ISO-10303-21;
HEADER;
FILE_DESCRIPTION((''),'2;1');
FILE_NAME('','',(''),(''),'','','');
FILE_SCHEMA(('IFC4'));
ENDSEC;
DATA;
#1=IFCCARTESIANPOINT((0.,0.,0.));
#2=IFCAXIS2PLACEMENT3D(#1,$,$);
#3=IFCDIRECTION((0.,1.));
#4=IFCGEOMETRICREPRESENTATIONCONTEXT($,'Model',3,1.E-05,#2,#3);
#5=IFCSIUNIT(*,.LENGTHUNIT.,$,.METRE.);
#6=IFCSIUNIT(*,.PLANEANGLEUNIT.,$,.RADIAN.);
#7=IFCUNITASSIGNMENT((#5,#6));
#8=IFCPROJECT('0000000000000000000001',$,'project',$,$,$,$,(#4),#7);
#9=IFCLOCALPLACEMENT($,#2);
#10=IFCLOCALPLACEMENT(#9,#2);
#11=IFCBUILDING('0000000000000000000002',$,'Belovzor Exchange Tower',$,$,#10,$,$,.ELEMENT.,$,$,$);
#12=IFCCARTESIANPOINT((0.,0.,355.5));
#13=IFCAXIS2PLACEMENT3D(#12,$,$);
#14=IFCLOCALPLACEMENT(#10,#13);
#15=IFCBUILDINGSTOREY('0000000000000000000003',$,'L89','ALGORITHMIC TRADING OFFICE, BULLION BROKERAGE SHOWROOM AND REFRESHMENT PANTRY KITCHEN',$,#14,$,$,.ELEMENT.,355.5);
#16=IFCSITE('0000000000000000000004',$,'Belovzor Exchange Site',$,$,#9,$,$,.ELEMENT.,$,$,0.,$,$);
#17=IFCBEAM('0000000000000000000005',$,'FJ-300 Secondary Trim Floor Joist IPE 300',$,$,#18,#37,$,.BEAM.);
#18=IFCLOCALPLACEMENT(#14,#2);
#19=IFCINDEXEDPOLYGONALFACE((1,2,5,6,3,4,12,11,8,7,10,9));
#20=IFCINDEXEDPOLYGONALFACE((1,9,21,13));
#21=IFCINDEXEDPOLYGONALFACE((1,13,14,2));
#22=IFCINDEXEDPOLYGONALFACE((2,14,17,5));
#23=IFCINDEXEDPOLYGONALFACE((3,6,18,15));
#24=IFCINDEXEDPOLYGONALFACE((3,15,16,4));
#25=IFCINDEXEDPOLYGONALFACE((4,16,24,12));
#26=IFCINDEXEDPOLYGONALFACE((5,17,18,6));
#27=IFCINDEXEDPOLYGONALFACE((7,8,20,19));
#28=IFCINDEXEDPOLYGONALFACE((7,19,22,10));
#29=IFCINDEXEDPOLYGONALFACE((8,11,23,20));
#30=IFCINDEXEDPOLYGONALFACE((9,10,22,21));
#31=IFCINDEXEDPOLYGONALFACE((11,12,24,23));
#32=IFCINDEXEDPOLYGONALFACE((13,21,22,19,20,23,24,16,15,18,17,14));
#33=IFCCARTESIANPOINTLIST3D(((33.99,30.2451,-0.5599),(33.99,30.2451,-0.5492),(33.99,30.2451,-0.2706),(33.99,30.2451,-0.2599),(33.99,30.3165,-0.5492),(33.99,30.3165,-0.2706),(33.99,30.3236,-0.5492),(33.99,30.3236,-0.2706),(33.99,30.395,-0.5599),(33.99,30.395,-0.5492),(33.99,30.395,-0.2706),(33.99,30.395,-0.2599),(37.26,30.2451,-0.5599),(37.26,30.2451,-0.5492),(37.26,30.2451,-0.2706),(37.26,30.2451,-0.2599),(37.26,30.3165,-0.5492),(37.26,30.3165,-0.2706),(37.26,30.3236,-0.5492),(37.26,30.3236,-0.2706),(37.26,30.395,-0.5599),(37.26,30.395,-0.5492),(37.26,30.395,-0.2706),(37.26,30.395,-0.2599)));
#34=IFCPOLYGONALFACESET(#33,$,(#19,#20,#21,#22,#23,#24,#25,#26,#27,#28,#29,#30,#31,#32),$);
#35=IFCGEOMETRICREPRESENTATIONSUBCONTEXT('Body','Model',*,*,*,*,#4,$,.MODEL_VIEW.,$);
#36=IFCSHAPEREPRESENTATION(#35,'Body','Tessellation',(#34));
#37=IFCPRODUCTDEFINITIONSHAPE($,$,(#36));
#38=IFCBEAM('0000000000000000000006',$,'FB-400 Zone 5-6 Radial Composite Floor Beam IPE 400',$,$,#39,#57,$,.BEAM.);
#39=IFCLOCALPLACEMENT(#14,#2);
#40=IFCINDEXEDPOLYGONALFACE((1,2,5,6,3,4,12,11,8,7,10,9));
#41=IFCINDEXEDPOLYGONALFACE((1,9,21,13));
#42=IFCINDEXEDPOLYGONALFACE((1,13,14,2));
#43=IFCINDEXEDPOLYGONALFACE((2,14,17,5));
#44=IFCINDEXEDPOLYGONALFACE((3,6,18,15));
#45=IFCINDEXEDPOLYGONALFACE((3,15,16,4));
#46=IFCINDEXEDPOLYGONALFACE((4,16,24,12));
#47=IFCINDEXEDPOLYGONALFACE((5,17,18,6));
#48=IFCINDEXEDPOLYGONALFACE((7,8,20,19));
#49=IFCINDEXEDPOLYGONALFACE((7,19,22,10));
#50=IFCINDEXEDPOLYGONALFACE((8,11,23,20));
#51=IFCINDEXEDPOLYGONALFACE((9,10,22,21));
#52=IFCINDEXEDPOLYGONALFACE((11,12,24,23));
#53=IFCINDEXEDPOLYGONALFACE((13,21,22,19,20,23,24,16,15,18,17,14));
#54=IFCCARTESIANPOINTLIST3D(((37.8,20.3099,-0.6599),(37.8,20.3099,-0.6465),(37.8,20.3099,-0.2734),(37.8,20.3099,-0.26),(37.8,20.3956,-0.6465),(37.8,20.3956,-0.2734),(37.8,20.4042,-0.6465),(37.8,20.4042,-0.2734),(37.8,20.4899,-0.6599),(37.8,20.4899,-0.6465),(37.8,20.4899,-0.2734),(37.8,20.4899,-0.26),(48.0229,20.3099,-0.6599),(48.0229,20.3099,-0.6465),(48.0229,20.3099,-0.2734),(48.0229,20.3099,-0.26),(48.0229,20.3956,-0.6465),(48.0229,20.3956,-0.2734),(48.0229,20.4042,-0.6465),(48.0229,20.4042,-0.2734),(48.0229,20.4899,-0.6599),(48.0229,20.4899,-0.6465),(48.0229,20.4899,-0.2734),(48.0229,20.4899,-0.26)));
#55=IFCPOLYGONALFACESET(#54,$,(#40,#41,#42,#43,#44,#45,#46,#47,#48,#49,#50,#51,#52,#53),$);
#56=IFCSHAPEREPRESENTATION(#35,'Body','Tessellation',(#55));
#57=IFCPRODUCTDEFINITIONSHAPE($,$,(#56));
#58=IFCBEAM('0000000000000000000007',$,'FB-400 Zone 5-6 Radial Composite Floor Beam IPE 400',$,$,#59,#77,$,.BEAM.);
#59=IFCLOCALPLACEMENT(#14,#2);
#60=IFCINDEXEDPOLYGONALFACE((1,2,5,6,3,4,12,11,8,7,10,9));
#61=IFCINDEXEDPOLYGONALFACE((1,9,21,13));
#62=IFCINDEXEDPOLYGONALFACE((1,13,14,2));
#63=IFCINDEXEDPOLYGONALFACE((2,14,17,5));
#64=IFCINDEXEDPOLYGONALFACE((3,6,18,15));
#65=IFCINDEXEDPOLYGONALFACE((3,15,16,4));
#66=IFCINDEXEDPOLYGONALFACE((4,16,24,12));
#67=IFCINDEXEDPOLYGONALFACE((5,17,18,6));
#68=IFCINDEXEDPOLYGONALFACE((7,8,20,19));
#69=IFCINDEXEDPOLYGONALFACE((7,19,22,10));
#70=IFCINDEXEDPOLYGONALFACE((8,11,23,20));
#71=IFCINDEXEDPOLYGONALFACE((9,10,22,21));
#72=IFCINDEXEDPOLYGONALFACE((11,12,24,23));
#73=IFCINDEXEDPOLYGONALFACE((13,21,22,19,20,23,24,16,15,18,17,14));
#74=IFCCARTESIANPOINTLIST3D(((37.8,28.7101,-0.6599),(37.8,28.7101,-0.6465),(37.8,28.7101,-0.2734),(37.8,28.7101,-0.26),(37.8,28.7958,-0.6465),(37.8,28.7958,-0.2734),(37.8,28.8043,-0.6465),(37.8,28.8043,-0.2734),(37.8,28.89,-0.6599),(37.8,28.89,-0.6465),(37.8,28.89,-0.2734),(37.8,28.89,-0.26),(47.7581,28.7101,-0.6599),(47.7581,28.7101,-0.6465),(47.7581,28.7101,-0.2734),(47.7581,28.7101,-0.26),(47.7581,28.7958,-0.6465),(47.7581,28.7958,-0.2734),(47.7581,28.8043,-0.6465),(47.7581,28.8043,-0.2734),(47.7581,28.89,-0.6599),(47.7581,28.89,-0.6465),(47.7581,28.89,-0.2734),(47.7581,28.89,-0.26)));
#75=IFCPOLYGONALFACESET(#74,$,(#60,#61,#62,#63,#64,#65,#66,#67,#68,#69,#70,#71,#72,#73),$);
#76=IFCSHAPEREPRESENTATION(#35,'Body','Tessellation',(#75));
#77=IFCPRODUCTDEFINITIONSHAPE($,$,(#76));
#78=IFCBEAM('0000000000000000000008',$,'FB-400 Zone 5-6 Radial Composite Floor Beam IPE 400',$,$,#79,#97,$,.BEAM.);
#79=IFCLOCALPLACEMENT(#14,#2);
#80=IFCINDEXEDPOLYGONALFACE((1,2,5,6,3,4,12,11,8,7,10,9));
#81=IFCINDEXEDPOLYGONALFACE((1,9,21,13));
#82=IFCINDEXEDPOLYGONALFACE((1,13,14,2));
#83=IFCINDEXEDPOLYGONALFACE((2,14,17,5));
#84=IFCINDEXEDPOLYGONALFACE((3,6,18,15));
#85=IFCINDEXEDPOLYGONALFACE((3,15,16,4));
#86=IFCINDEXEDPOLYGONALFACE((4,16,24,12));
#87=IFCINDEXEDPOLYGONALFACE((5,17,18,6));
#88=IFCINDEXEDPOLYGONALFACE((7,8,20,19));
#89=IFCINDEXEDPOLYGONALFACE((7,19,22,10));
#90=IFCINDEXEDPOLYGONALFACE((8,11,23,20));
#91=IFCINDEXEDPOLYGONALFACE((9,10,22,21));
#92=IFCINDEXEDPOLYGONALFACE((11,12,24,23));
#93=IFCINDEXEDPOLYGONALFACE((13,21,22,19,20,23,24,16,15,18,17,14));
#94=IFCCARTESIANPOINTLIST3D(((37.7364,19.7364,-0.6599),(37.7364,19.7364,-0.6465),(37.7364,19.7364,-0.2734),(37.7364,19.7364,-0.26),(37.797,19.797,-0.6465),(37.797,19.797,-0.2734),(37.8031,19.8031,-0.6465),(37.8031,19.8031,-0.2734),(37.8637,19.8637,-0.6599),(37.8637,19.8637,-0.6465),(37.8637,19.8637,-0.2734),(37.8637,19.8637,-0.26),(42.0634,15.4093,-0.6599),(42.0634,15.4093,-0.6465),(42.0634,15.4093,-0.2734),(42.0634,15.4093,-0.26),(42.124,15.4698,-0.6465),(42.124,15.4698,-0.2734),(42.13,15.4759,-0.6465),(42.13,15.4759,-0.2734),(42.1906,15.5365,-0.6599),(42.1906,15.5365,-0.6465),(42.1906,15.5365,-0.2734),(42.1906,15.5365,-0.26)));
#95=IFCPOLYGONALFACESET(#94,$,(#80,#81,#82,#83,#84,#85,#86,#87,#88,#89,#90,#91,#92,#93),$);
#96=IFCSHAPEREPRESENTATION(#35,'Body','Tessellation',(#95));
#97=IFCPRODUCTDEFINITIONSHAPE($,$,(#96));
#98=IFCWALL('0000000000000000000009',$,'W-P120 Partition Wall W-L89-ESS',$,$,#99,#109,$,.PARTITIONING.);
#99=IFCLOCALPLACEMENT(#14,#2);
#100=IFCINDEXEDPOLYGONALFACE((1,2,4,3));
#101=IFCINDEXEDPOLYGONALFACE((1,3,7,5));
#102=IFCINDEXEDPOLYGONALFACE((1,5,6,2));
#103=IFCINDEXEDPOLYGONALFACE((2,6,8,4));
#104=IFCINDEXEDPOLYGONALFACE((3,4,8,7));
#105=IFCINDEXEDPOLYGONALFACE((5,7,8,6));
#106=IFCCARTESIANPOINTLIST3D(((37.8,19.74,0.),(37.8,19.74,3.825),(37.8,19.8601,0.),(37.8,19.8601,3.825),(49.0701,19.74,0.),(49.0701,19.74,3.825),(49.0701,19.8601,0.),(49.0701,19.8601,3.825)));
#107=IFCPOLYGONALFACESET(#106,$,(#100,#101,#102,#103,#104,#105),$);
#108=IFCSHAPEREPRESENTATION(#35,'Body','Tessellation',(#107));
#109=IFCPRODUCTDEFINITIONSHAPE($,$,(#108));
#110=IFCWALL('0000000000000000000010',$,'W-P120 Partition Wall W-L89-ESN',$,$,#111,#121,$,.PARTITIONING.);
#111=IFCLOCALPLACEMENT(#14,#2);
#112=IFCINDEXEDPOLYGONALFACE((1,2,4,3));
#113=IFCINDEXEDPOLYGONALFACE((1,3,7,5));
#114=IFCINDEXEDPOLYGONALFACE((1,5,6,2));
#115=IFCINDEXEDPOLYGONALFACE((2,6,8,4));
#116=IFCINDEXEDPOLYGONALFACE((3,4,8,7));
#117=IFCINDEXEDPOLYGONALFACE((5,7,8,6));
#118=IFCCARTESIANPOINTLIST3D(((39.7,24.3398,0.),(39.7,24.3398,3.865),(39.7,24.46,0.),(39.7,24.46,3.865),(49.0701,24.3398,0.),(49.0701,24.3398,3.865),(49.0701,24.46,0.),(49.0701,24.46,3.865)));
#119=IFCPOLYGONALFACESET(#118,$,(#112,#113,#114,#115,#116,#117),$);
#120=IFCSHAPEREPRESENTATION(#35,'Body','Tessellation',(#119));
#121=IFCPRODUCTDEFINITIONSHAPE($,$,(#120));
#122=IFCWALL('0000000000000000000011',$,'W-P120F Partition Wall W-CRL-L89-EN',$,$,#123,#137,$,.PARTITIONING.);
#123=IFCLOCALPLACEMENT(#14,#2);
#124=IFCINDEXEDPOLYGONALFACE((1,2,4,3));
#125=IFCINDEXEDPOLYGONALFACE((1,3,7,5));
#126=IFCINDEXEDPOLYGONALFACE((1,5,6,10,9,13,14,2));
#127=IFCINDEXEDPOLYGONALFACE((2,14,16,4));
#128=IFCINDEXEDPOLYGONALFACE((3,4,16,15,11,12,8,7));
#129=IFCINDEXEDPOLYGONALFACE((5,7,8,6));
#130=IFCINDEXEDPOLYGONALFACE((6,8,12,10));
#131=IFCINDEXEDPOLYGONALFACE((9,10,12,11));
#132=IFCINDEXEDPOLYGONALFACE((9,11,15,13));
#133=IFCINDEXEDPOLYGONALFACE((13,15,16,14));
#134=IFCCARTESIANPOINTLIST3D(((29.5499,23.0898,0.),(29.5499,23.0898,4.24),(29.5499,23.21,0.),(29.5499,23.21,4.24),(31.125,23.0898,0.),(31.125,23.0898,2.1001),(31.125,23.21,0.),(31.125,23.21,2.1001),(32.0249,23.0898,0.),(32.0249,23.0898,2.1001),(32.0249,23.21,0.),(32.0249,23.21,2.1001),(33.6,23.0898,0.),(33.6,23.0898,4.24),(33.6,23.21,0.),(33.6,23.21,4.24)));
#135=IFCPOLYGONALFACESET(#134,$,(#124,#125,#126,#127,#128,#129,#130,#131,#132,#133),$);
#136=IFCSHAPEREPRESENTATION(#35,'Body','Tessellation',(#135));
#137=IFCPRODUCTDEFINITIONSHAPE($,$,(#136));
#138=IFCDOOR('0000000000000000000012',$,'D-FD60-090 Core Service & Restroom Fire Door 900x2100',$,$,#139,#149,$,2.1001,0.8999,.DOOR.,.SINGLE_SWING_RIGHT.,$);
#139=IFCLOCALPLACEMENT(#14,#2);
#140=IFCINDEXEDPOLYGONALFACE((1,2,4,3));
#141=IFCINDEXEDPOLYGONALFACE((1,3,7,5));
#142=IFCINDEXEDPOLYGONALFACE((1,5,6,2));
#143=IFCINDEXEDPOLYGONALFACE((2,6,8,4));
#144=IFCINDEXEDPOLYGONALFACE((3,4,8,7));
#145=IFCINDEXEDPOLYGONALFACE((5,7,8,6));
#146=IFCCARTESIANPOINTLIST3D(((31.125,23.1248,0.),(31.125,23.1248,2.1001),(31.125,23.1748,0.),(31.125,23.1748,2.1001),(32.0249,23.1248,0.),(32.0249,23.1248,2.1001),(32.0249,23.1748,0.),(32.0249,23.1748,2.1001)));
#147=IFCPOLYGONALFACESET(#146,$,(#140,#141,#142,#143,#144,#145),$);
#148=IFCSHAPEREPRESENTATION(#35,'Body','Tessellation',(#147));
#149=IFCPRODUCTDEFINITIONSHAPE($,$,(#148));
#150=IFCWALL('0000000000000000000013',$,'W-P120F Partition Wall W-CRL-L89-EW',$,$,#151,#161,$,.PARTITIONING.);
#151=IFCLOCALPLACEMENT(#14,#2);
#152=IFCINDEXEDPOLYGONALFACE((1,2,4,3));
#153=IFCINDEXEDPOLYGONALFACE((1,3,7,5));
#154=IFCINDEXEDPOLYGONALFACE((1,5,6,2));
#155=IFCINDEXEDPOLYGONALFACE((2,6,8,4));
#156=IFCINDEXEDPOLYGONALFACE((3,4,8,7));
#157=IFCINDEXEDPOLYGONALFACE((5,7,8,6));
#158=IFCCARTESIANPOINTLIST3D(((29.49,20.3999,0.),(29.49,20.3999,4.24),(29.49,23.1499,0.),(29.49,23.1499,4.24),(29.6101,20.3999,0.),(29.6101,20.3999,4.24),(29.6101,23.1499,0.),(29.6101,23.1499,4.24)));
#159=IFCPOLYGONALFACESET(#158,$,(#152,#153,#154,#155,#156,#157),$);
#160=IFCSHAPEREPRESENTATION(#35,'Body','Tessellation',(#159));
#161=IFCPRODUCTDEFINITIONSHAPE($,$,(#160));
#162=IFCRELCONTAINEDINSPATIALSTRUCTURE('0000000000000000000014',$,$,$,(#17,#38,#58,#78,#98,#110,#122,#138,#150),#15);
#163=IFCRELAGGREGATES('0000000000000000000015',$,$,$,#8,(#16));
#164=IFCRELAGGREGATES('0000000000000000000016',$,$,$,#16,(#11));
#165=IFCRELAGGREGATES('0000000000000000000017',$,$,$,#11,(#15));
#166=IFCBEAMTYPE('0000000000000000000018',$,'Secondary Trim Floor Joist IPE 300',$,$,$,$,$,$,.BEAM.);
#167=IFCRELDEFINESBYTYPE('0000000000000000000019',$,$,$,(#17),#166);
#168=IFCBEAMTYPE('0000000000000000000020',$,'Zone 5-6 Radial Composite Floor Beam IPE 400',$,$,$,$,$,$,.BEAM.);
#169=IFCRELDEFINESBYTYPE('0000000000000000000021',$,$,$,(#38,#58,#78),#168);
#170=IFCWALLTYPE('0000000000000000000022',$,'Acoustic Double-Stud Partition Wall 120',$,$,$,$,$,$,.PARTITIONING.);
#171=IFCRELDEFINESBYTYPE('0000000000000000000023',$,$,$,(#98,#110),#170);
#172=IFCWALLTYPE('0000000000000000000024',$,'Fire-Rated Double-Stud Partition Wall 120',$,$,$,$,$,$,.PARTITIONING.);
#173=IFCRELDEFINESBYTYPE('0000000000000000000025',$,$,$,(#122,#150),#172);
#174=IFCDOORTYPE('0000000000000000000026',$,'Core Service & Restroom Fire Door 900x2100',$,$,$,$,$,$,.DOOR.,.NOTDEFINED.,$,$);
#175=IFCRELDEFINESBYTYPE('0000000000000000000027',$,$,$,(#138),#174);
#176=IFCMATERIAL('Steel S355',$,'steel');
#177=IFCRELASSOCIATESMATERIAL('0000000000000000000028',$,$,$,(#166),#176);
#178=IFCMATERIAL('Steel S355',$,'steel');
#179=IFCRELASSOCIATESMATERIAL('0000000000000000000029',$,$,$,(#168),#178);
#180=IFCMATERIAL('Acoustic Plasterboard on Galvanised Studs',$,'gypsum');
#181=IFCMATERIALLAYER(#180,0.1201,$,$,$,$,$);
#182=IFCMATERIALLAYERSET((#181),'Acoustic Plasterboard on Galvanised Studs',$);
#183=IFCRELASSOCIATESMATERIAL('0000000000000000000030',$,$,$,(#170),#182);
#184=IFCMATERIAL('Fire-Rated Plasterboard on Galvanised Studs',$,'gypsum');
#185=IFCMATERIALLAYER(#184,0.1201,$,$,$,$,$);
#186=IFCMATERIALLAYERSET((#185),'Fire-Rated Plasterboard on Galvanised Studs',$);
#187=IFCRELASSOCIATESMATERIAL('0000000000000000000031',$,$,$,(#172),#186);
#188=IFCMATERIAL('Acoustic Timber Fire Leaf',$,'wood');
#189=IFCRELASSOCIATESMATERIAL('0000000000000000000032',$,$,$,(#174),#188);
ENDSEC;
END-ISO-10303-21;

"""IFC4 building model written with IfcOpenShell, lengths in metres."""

from ifc_helpers import new_model, si_unit, direction, frame, frame_2d, origin, origin_2d, place, context, subcontext, project, spatial, rectangle, i_section, extrude, material, layer, layer_set, material_profile, profile_set, type_object, element, fill, save


model = new_model("IFC4")

# Units and contexts
model_context = context("Model", 3, precision=1e-05, world=origin(), true_north=direction((0.0, 1.0)))
body_context = subcontext(model_context, "Body", "Model", "MODEL_VIEW")
ifc_project = project(units=[si_unit("LENGTHUNIT", "METRE"), si_unit("PLANEANGLEUNIT", "RADIAN")], contexts=[model_context])

# Site, building, storey
site_placement = place(None, origin())
site = spatial("IfcSite", under=ifc_project, at=site_placement, Name="Belovzor Exchange Site", CompositionType="ELEMENT", RefElevation=0.0)
building_placement = place(site_placement, origin())
building = spatial("IfcBuilding", under=site, at=building_placement, Name="Belovzor Exchange Tower", CompositionType="ELEMENT")
storey_placement = place(building_placement, frame((0.0, 0.0, 355.5)))
storey = spatial("IfcBuildingStorey", under=building, at=storey_placement, Name="L89", Description="ALGORITHMIC TRADING OFFICE, BULLION BROKERAGE SHOWROOM AND REFRESHMENT PANTRY KITCHEN", CompositionType="ELEMENT", Elevation=355.5)

# Beams
ifc_material_1 = material(Name="Steel S355", Category="steel")
ifc_material_profile_1 = material_profile(ifc_material_1, i_section(OverallWidth=0.1499, OverallDepth=0.3, WebThickness=0.0071, FlangeThickness=0.0107, at=origin_2d()))
ifc_profile_set_1 = profile_set([ifc_material_profile_1], Name="Steel S355")
beam_type_1 = type_object("IfcBeamType", Name="Secondary Trim Floor Joist IPE 300", PredefinedType="BEAM", material=ifc_profile_set_1)
beam_1_placement = place(storey_placement, frame((37.26, 30.3201, -0.4099), z_axis=(-1.0, 0.0, 0.0), x_axis=(0.0, -1.0, 0.0)))
element("IfcBeam", 1, at=beam_1_placement, inside=storey, type_object=beam_type_1, Name="FJ-300 Secondary Trim Floor Joist IPE 300", PredefinedType="BEAM", context=body_context, shape_type="SweptSolid", body=[
    extrude(i_section(OverallWidth=0.1499, OverallDepth=0.3, WebThickness=0.0071, FlangeThickness=0.0107, at=origin_2d()), origin(), (0.0, 0.0, 1.0), 3.27),
])
ifc_material_2 = material(Name="Steel S355", Category="steel")
ifc_material_profile_2 = material_profile(ifc_material_2, i_section(OverallWidth=0.1799, OverallDepth=0.3999, WebThickness=0.0085, FlangeThickness=0.0134, at=origin_2d()))
ifc_profile_set_2 = profile_set([ifc_material_profile_2], Name="Steel S355")
beam_type_2 = type_object("IfcBeamType", Name="Zone 5-6 Radial Composite Floor Beam IPE 400", PredefinedType="BEAM", material=ifc_profile_set_2)
beam_2_placement = place(storey_placement, frame((37.8, 20.3999, -0.46), z_axis=(1.0, 0.0, 0.0), x_axis=(0.0, 1.0, 0.0)))
element("IfcBeam", 2, at=beam_2_placement, inside=storey, type_object=beam_type_2, Name="FB-400 Zone 5-6 Radial Composite Floor Beam IPE 400", PredefinedType="BEAM", context=body_context, shape_type="SweptSolid", body=[
    extrude(i_section(OverallWidth=0.1799, OverallDepth=0.3999, WebThickness=0.0085, FlangeThickness=0.0134, at=origin_2d()), origin(), (0.0, 0.0, 1.0), 10.2229),
])
beam_3_placement = place(storey_placement, frame((37.8, 28.8, -0.46), z_axis=(1.0, 0.0, 0.0), x_axis=(0.0, 1.0, 0.0)))
element("IfcBeam", 3, at=beam_3_placement, inside=storey, type_object=beam_type_2, Name="FB-400 Zone 5-6 Radial Composite Floor Beam IPE 400", PredefinedType="BEAM", context=body_context, shape_type="SweptSolid", body=[
    extrude(i_section(OverallWidth=0.1799, OverallDepth=0.3999, WebThickness=0.0085, FlangeThickness=0.0134, at=origin_2d()), origin(), (0.0, 0.0, 1.0), 9.958),
])
beam_4_placement = place(storey_placement, frame((37.8, 19.8, -0.46), z_axis=(0.707087, -0.707127, 0.0), x_axis=(0.707127, 0.707087, 0.0)))
element("IfcBeam", 4, at=beam_4_placement, inside=storey, type_object=beam_type_2, Name="FB-400 Zone 5-6 Radial Composite Floor Beam IPE 400", PredefinedType="BEAM", context=body_context, shape_type="SweptSolid", body=[
    extrude(i_section(OverallWidth=0.1799, OverallDepth=0.3999, WebThickness=0.0085, FlangeThickness=0.0134, at=origin_2d()), origin(), (0.0, 0.0, 1.0), 6.1194),
])

# Walls
ifc_material_3 = material(Name="Acoustic Plasterboard on Galvanised Studs", Category="gypsum")
ifc_layer_1 = layer(ifc_material_3, 0.1201)
ifc_layer_set_1 = layer_set([ifc_layer_1], Name="Acoustic Plasterboard on Galvanised Studs")
wall_type_1 = type_object("IfcWallType", Name="Acoustic Double-Stud Partition Wall 120", PredefinedType="PARTITIONING", material=ifc_layer_set_1)
wall_1_placement = place(storey_placement, frame((37.8, 19.8, 0.0), z_axis=(0.0, 0.0, 1.0), x_axis=(1.0, 0.0, 0.0)))
element("IfcWall", 5, at=wall_1_placement, inside=storey, type_object=wall_type_1, Name="W-P120 Partition Wall W-L89-ESS", PredefinedType="PARTITIONING", context=body_context, shape_type="SweptSolid", body=[
    extrude(rectangle(XDim=11.27, YDim=0.1201, at=frame_2d((5.635, 0.0))), origin(), (0.0, 0.0, 1.0), 3.825),
])
wall_2_placement = place(storey_placement, frame((39.7, 24.3999, 0.0), z_axis=(0.0, 0.0, 1.0), x_axis=(1.0, 0.0, 0.0)))
element("IfcWall", 6, at=wall_2_placement, inside=storey, type_object=wall_type_1, Name="W-P120 Partition Wall W-L89-ESN", PredefinedType="PARTITIONING", context=body_context, shape_type="SweptSolid", body=[
    extrude(rectangle(XDim=9.3701, YDim=0.1201, at=frame_2d((4.6851, 0.0))), origin(), (0.0, 0.0, 1.0), 3.865),
])

# Wall, opening, door
ifc_material_4 = material(Name="Fire-Rated Plasterboard on Galvanised Studs", Category="gypsum")
ifc_layer_2 = layer(ifc_material_4, 0.1201)
ifc_layer_set_2 = layer_set([ifc_layer_2], Name="Fire-Rated Plasterboard on Galvanised Studs")
wall_type_2 = type_object("IfcWallType", Name="Fire-Rated Double-Stud Partition Wall 120", PredefinedType="PARTITIONING", material=ifc_layer_set_2)
wall_3_placement = place(storey_placement, frame((29.55, 23.1499, 0.0), z_axis=(0.0, 0.0, 1.0), x_axis=(1.0, 0.0, 0.0)))
wall_3 = element("IfcWall", 7, at=wall_3_placement, inside=storey, type_object=wall_type_2, Name="W-P120F Partition Wall W-CRL-L89-EN", PredefinedType="PARTITIONING", context=body_context, shape_type="SweptSolid", body=[
    extrude(rectangle(XDim=4.05, YDim=0.1201, at=frame_2d((2.0249, 0.0))), origin(), (0.0, 0.0, 1.0), 4.24),
])
opening_1_placement = place(wall_3_placement, frame((1.575, 0.0, 0.0)))
opening_1 = element("IfcOpeningElement", 8, at=opening_1_placement, cuts=wall_3, PredefinedType="OPENING", context=body_context, shape_type="SweptSolid", body=[
    extrude(rectangle(XDim=0.8999, YDim=2.1001, at=frame_2d((0.45, 1.05))), frame((0.0, 0.0701, 0.0), z_axis=(0.0, -1.0, 0.0), x_axis=(1.0, 0.0, 0.0)), (0.0, 0.0, 1.0), 0.1401),
])
ifc_material_5 = material(Name="Acoustic Timber Fire Leaf", Category="wood")
door_type_1 = type_object("IfcDoorType", Name="Core Service & Restroom Fire Door 900x2100", OperationType="NOTDEFINED", PredefinedType="DOOR", material=ifc_material_5)
door_1_placement = place(opening_1_placement, origin())
door_1 = element("IfcDoor", 9, at=door_1_placement, inside=storey, type_object=door_type_1, Name="D-FD60-090 Core Service & Restroom Fire Door 900x2100", OperationType="SINGLE_SWING_RIGHT", OverallHeight=2.1001, OverallWidth=0.8999, PredefinedType="DOOR", context=body_context, shape_type="SweptSolid", body=[
    extrude(rectangle(XDim=0.8999, YDim=2.1001, at=frame_2d((0.45, 1.05))), frame((0.0, 0.0249, 0.0), z_axis=(0.0, -1.0, 0.0), x_axis=(1.0, 0.0, 0.0)), (0.0, 0.0, 1.0), 0.05),
])
fill(opening_1, door_1)

# Wall
wall_4_placement = place(storey_placement, frame((29.55, 20.3999, 0.0), z_axis=(0.0, 0.0, 1.0), x_axis=(0.0, 1.0, 0.0)))
element("IfcWall", 10, at=wall_4_placement, inside=storey, type_object=wall_type_2, Name="W-P120F Partition Wall W-CRL-L89-EW", PredefinedType="PARTITIONING", context=body_context, shape_type="SweptSolid", body=[
    extrude(rectangle(XDim=2.75, YDim=0.1201, at=frame_2d((1.375, 0.0))), origin(), (0.0, 0.0, 1.0), 4.24),
])

save(model, "model.ifc")
